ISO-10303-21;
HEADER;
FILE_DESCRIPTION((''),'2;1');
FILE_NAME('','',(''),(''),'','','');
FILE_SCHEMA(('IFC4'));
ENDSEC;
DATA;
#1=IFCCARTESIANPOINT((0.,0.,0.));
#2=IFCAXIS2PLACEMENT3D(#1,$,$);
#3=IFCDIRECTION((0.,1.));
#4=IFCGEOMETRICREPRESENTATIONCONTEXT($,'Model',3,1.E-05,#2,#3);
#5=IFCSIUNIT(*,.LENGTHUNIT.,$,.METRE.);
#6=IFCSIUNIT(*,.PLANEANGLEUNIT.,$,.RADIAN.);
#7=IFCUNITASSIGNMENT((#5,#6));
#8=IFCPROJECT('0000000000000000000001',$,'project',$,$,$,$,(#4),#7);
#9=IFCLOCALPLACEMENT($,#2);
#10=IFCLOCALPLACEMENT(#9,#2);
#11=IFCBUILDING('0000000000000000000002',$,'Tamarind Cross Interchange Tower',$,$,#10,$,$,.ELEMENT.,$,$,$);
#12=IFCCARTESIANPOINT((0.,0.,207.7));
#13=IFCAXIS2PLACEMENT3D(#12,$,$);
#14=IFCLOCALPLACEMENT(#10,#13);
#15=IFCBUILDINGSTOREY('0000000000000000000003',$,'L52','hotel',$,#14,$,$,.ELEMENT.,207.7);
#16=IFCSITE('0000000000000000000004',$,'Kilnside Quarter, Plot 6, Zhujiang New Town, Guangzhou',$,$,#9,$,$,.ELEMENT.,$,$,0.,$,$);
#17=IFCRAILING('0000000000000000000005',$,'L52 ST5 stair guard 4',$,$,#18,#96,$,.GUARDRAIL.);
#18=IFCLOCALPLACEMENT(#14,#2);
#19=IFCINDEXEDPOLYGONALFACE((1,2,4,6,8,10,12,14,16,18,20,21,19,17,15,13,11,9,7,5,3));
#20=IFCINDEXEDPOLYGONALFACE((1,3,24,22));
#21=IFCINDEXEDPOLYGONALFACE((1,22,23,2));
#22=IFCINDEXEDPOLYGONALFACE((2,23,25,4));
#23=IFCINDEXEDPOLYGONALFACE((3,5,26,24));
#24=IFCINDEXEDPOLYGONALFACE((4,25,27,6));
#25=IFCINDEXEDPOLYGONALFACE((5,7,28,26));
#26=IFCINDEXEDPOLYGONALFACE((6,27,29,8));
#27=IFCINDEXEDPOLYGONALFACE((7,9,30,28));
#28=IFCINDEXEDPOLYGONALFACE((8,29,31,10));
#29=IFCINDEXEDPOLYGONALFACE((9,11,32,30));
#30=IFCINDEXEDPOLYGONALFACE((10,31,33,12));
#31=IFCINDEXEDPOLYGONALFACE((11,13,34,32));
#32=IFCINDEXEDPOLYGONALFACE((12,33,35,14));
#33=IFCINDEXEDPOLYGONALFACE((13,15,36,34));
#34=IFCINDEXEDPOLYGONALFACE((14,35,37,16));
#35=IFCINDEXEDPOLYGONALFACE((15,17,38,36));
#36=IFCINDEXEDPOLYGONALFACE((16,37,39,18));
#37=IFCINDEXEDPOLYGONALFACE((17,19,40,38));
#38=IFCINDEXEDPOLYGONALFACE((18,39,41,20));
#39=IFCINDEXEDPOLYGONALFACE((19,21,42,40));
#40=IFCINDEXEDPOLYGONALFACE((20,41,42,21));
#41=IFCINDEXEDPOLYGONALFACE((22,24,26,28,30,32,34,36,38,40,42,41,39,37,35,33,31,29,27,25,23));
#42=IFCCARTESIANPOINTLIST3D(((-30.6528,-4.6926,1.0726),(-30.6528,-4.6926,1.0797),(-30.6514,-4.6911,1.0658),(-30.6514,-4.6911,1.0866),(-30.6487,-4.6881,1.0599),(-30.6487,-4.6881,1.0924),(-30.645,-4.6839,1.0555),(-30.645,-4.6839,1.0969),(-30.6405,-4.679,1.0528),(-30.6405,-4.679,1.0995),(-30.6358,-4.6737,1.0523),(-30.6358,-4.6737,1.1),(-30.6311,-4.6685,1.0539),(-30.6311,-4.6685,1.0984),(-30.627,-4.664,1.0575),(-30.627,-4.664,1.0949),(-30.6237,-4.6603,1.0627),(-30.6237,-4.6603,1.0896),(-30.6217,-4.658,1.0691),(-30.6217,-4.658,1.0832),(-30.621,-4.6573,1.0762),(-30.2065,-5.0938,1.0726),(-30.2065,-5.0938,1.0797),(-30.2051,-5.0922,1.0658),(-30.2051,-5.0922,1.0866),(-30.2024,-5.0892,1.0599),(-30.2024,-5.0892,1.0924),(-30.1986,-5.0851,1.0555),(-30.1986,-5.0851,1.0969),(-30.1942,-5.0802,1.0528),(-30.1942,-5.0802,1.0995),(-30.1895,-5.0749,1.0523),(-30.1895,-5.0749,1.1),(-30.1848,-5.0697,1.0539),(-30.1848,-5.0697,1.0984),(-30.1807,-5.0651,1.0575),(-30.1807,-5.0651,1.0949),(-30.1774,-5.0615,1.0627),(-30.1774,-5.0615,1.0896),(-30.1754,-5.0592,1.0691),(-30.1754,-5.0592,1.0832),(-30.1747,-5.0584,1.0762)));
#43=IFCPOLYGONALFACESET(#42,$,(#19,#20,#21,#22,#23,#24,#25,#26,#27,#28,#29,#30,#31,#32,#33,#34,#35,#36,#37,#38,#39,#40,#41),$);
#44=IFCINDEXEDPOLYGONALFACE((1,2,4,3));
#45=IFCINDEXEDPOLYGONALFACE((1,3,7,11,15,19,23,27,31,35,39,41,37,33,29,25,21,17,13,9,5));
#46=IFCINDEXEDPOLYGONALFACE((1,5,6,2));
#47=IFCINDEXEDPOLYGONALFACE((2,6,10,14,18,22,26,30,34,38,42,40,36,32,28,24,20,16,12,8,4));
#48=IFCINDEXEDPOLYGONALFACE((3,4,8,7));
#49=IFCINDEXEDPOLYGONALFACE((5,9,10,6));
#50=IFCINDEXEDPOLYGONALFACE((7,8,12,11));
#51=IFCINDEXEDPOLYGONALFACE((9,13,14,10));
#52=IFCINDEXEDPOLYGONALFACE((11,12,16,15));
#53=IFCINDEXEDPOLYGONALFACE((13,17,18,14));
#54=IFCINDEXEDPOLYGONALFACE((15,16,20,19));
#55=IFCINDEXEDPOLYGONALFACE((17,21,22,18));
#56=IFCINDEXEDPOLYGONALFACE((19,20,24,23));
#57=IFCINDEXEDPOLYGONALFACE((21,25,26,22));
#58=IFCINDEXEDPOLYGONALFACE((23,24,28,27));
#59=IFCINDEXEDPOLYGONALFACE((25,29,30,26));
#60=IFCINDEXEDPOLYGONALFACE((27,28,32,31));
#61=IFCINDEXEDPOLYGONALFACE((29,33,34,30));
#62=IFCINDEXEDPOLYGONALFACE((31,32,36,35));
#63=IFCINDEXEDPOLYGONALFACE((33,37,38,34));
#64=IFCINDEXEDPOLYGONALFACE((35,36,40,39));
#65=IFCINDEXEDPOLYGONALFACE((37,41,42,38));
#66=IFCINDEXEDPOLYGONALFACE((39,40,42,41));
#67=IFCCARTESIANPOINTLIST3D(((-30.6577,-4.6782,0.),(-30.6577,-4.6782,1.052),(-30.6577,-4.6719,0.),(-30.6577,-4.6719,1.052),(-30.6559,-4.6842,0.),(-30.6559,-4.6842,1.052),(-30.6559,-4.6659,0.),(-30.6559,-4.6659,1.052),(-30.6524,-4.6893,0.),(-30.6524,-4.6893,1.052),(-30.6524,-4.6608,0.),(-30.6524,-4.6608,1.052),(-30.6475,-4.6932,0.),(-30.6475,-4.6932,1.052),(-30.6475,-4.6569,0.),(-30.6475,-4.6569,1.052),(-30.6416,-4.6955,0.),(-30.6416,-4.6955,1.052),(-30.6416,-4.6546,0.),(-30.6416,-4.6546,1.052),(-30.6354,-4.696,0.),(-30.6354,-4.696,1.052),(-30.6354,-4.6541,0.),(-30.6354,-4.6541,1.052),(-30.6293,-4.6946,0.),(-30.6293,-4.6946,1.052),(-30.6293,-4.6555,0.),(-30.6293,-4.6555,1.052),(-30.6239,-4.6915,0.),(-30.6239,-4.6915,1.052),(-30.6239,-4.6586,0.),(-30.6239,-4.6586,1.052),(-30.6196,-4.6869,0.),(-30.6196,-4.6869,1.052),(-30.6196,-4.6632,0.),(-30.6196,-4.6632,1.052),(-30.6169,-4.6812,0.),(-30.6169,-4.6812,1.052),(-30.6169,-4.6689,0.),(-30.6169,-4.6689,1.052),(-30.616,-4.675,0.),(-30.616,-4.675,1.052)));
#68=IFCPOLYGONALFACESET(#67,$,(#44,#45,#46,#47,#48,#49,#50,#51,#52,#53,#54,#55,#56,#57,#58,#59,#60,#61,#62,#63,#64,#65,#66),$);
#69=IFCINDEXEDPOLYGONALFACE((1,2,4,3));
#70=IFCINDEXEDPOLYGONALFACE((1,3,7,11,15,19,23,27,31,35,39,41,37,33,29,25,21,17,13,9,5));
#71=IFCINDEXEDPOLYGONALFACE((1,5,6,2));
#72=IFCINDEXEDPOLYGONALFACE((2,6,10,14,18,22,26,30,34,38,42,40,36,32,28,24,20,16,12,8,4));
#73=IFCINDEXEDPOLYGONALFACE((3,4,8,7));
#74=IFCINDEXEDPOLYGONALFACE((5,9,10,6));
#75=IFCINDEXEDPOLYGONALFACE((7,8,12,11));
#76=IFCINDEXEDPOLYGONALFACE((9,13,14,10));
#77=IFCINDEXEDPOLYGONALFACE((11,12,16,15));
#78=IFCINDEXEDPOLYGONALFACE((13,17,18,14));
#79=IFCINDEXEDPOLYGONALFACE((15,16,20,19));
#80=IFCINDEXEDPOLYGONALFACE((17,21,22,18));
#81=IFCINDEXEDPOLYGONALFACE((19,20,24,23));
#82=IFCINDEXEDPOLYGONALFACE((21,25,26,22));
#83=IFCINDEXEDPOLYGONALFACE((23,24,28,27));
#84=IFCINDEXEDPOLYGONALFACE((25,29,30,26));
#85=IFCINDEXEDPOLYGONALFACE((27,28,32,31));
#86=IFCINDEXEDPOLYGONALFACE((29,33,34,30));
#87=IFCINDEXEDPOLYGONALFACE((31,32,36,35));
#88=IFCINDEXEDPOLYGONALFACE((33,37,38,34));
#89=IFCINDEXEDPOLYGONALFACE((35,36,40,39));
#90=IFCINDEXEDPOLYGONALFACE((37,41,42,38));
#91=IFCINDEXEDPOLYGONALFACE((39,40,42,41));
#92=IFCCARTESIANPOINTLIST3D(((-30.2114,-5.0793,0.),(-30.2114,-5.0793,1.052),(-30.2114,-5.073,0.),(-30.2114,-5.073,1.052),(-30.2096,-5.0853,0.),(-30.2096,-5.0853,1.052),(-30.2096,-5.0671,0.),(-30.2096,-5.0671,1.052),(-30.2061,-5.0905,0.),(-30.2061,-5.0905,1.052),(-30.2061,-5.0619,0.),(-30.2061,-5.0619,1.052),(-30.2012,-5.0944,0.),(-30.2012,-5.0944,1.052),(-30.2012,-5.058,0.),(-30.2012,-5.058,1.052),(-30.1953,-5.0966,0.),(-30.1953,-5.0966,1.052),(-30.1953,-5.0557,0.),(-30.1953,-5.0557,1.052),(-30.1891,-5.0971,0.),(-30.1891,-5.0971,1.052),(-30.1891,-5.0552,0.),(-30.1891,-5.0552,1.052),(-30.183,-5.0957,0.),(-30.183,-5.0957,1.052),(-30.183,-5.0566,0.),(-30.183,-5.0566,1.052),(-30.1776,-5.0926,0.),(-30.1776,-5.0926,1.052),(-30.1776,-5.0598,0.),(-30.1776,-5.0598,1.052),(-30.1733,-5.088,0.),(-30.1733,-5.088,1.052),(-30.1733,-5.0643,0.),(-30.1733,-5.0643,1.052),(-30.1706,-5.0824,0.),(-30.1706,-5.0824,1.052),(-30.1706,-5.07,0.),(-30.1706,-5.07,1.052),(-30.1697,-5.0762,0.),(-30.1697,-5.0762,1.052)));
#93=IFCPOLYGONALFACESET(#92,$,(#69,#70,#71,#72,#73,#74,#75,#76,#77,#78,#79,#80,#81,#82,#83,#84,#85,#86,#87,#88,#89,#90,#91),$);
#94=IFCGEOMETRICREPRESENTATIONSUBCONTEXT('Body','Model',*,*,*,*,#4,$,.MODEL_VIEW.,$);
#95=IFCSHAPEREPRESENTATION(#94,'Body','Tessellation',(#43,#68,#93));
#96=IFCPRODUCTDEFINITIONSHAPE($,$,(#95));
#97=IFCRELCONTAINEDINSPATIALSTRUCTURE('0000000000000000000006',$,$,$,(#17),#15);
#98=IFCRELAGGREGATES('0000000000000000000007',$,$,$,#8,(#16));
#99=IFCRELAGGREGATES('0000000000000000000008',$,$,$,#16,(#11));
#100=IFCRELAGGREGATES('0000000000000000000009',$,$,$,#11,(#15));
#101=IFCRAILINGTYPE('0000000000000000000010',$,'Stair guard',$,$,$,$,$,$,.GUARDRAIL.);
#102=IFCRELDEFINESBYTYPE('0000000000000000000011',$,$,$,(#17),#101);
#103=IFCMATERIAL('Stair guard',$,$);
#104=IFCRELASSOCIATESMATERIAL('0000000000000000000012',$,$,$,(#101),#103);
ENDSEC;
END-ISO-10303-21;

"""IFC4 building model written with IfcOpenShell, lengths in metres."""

from ifc_helpers import new_model, si_unit, direction, frame, origin, origin_2d, place, context, subcontext, project, spatial, circle, extrude, material, type_object, element, save


model = new_model("IFC4")

# Units and contexts
model_context = context("Model", 3, precision=1e-05, world=origin(), true_north=direction((0.0, 1.0)))
body_context = subcontext(model_context, "Body", "Model", "MODEL_VIEW")
ifc_project = project(units=[si_unit("LENGTHUNIT", "METRE"), si_unit("PLANEANGLEUNIT", "RADIAN")], contexts=[model_context])

# Site, building, storey
site_placement = place(None, origin())
site = spatial("IfcSite", under=ifc_project, at=site_placement, Name="Kilnside Quarter, Plot 6, Zhujiang New Town, Guangzhou", CompositionType="ELEMENT", RefElevation=0.0)
building_placement = place(site_placement, origin())
building = spatial("IfcBuilding", under=site, at=building_placement, Name="Tamarind Cross Interchange Tower", CompositionType="ELEMENT")
storey_placement = place(building_placement, frame((0.0, 0.0, 207.7)))
storey = spatial("IfcBuildingStorey", under=building, at=storey_placement, Name="L52", Description="hotel", CompositionType="ELEMENT", Elevation=207.7)

# Railing
ifc_material_1 = material(Name="Stair guard")
railing_type_1 = type_object("IfcRailingType", Name="Stair guard", PredefinedType="GUARDRAIL", material=ifc_material_1)
railing_1_placement = place(storey_placement, frame((-30.637, -4.675, 0.0)))
element("IfcRailing", 1, at=railing_1_placement, inside=storey, type_object=railing_type_1, Name="L52 ST5 stair guard 4", PredefinedType="GUARDRAIL", context=body_context, shape_type="SweptSolid", body=[
    extrude(circle(Radius=0.0239, at=origin_2d()), frame((0.0, 0.0, 1.0762), z_axis=(0.743739, -0.66847, 0.0), x_axis=(0.66847, 0.743739, 0.0)), (0.0, 0.0, 1.0), 0.6001),
    extrude(circle(Radius=0.021, at=origin_2d()), origin(), (0.0, 0.0, 1.0), 1.052),
    extrude(circle(Radius=0.021, at=origin_2d()), frame((0.4463, -0.4011, 0.0)), (0.0, 0.0, 1.0), 1.052),
])

save(model, "model.ifc")
